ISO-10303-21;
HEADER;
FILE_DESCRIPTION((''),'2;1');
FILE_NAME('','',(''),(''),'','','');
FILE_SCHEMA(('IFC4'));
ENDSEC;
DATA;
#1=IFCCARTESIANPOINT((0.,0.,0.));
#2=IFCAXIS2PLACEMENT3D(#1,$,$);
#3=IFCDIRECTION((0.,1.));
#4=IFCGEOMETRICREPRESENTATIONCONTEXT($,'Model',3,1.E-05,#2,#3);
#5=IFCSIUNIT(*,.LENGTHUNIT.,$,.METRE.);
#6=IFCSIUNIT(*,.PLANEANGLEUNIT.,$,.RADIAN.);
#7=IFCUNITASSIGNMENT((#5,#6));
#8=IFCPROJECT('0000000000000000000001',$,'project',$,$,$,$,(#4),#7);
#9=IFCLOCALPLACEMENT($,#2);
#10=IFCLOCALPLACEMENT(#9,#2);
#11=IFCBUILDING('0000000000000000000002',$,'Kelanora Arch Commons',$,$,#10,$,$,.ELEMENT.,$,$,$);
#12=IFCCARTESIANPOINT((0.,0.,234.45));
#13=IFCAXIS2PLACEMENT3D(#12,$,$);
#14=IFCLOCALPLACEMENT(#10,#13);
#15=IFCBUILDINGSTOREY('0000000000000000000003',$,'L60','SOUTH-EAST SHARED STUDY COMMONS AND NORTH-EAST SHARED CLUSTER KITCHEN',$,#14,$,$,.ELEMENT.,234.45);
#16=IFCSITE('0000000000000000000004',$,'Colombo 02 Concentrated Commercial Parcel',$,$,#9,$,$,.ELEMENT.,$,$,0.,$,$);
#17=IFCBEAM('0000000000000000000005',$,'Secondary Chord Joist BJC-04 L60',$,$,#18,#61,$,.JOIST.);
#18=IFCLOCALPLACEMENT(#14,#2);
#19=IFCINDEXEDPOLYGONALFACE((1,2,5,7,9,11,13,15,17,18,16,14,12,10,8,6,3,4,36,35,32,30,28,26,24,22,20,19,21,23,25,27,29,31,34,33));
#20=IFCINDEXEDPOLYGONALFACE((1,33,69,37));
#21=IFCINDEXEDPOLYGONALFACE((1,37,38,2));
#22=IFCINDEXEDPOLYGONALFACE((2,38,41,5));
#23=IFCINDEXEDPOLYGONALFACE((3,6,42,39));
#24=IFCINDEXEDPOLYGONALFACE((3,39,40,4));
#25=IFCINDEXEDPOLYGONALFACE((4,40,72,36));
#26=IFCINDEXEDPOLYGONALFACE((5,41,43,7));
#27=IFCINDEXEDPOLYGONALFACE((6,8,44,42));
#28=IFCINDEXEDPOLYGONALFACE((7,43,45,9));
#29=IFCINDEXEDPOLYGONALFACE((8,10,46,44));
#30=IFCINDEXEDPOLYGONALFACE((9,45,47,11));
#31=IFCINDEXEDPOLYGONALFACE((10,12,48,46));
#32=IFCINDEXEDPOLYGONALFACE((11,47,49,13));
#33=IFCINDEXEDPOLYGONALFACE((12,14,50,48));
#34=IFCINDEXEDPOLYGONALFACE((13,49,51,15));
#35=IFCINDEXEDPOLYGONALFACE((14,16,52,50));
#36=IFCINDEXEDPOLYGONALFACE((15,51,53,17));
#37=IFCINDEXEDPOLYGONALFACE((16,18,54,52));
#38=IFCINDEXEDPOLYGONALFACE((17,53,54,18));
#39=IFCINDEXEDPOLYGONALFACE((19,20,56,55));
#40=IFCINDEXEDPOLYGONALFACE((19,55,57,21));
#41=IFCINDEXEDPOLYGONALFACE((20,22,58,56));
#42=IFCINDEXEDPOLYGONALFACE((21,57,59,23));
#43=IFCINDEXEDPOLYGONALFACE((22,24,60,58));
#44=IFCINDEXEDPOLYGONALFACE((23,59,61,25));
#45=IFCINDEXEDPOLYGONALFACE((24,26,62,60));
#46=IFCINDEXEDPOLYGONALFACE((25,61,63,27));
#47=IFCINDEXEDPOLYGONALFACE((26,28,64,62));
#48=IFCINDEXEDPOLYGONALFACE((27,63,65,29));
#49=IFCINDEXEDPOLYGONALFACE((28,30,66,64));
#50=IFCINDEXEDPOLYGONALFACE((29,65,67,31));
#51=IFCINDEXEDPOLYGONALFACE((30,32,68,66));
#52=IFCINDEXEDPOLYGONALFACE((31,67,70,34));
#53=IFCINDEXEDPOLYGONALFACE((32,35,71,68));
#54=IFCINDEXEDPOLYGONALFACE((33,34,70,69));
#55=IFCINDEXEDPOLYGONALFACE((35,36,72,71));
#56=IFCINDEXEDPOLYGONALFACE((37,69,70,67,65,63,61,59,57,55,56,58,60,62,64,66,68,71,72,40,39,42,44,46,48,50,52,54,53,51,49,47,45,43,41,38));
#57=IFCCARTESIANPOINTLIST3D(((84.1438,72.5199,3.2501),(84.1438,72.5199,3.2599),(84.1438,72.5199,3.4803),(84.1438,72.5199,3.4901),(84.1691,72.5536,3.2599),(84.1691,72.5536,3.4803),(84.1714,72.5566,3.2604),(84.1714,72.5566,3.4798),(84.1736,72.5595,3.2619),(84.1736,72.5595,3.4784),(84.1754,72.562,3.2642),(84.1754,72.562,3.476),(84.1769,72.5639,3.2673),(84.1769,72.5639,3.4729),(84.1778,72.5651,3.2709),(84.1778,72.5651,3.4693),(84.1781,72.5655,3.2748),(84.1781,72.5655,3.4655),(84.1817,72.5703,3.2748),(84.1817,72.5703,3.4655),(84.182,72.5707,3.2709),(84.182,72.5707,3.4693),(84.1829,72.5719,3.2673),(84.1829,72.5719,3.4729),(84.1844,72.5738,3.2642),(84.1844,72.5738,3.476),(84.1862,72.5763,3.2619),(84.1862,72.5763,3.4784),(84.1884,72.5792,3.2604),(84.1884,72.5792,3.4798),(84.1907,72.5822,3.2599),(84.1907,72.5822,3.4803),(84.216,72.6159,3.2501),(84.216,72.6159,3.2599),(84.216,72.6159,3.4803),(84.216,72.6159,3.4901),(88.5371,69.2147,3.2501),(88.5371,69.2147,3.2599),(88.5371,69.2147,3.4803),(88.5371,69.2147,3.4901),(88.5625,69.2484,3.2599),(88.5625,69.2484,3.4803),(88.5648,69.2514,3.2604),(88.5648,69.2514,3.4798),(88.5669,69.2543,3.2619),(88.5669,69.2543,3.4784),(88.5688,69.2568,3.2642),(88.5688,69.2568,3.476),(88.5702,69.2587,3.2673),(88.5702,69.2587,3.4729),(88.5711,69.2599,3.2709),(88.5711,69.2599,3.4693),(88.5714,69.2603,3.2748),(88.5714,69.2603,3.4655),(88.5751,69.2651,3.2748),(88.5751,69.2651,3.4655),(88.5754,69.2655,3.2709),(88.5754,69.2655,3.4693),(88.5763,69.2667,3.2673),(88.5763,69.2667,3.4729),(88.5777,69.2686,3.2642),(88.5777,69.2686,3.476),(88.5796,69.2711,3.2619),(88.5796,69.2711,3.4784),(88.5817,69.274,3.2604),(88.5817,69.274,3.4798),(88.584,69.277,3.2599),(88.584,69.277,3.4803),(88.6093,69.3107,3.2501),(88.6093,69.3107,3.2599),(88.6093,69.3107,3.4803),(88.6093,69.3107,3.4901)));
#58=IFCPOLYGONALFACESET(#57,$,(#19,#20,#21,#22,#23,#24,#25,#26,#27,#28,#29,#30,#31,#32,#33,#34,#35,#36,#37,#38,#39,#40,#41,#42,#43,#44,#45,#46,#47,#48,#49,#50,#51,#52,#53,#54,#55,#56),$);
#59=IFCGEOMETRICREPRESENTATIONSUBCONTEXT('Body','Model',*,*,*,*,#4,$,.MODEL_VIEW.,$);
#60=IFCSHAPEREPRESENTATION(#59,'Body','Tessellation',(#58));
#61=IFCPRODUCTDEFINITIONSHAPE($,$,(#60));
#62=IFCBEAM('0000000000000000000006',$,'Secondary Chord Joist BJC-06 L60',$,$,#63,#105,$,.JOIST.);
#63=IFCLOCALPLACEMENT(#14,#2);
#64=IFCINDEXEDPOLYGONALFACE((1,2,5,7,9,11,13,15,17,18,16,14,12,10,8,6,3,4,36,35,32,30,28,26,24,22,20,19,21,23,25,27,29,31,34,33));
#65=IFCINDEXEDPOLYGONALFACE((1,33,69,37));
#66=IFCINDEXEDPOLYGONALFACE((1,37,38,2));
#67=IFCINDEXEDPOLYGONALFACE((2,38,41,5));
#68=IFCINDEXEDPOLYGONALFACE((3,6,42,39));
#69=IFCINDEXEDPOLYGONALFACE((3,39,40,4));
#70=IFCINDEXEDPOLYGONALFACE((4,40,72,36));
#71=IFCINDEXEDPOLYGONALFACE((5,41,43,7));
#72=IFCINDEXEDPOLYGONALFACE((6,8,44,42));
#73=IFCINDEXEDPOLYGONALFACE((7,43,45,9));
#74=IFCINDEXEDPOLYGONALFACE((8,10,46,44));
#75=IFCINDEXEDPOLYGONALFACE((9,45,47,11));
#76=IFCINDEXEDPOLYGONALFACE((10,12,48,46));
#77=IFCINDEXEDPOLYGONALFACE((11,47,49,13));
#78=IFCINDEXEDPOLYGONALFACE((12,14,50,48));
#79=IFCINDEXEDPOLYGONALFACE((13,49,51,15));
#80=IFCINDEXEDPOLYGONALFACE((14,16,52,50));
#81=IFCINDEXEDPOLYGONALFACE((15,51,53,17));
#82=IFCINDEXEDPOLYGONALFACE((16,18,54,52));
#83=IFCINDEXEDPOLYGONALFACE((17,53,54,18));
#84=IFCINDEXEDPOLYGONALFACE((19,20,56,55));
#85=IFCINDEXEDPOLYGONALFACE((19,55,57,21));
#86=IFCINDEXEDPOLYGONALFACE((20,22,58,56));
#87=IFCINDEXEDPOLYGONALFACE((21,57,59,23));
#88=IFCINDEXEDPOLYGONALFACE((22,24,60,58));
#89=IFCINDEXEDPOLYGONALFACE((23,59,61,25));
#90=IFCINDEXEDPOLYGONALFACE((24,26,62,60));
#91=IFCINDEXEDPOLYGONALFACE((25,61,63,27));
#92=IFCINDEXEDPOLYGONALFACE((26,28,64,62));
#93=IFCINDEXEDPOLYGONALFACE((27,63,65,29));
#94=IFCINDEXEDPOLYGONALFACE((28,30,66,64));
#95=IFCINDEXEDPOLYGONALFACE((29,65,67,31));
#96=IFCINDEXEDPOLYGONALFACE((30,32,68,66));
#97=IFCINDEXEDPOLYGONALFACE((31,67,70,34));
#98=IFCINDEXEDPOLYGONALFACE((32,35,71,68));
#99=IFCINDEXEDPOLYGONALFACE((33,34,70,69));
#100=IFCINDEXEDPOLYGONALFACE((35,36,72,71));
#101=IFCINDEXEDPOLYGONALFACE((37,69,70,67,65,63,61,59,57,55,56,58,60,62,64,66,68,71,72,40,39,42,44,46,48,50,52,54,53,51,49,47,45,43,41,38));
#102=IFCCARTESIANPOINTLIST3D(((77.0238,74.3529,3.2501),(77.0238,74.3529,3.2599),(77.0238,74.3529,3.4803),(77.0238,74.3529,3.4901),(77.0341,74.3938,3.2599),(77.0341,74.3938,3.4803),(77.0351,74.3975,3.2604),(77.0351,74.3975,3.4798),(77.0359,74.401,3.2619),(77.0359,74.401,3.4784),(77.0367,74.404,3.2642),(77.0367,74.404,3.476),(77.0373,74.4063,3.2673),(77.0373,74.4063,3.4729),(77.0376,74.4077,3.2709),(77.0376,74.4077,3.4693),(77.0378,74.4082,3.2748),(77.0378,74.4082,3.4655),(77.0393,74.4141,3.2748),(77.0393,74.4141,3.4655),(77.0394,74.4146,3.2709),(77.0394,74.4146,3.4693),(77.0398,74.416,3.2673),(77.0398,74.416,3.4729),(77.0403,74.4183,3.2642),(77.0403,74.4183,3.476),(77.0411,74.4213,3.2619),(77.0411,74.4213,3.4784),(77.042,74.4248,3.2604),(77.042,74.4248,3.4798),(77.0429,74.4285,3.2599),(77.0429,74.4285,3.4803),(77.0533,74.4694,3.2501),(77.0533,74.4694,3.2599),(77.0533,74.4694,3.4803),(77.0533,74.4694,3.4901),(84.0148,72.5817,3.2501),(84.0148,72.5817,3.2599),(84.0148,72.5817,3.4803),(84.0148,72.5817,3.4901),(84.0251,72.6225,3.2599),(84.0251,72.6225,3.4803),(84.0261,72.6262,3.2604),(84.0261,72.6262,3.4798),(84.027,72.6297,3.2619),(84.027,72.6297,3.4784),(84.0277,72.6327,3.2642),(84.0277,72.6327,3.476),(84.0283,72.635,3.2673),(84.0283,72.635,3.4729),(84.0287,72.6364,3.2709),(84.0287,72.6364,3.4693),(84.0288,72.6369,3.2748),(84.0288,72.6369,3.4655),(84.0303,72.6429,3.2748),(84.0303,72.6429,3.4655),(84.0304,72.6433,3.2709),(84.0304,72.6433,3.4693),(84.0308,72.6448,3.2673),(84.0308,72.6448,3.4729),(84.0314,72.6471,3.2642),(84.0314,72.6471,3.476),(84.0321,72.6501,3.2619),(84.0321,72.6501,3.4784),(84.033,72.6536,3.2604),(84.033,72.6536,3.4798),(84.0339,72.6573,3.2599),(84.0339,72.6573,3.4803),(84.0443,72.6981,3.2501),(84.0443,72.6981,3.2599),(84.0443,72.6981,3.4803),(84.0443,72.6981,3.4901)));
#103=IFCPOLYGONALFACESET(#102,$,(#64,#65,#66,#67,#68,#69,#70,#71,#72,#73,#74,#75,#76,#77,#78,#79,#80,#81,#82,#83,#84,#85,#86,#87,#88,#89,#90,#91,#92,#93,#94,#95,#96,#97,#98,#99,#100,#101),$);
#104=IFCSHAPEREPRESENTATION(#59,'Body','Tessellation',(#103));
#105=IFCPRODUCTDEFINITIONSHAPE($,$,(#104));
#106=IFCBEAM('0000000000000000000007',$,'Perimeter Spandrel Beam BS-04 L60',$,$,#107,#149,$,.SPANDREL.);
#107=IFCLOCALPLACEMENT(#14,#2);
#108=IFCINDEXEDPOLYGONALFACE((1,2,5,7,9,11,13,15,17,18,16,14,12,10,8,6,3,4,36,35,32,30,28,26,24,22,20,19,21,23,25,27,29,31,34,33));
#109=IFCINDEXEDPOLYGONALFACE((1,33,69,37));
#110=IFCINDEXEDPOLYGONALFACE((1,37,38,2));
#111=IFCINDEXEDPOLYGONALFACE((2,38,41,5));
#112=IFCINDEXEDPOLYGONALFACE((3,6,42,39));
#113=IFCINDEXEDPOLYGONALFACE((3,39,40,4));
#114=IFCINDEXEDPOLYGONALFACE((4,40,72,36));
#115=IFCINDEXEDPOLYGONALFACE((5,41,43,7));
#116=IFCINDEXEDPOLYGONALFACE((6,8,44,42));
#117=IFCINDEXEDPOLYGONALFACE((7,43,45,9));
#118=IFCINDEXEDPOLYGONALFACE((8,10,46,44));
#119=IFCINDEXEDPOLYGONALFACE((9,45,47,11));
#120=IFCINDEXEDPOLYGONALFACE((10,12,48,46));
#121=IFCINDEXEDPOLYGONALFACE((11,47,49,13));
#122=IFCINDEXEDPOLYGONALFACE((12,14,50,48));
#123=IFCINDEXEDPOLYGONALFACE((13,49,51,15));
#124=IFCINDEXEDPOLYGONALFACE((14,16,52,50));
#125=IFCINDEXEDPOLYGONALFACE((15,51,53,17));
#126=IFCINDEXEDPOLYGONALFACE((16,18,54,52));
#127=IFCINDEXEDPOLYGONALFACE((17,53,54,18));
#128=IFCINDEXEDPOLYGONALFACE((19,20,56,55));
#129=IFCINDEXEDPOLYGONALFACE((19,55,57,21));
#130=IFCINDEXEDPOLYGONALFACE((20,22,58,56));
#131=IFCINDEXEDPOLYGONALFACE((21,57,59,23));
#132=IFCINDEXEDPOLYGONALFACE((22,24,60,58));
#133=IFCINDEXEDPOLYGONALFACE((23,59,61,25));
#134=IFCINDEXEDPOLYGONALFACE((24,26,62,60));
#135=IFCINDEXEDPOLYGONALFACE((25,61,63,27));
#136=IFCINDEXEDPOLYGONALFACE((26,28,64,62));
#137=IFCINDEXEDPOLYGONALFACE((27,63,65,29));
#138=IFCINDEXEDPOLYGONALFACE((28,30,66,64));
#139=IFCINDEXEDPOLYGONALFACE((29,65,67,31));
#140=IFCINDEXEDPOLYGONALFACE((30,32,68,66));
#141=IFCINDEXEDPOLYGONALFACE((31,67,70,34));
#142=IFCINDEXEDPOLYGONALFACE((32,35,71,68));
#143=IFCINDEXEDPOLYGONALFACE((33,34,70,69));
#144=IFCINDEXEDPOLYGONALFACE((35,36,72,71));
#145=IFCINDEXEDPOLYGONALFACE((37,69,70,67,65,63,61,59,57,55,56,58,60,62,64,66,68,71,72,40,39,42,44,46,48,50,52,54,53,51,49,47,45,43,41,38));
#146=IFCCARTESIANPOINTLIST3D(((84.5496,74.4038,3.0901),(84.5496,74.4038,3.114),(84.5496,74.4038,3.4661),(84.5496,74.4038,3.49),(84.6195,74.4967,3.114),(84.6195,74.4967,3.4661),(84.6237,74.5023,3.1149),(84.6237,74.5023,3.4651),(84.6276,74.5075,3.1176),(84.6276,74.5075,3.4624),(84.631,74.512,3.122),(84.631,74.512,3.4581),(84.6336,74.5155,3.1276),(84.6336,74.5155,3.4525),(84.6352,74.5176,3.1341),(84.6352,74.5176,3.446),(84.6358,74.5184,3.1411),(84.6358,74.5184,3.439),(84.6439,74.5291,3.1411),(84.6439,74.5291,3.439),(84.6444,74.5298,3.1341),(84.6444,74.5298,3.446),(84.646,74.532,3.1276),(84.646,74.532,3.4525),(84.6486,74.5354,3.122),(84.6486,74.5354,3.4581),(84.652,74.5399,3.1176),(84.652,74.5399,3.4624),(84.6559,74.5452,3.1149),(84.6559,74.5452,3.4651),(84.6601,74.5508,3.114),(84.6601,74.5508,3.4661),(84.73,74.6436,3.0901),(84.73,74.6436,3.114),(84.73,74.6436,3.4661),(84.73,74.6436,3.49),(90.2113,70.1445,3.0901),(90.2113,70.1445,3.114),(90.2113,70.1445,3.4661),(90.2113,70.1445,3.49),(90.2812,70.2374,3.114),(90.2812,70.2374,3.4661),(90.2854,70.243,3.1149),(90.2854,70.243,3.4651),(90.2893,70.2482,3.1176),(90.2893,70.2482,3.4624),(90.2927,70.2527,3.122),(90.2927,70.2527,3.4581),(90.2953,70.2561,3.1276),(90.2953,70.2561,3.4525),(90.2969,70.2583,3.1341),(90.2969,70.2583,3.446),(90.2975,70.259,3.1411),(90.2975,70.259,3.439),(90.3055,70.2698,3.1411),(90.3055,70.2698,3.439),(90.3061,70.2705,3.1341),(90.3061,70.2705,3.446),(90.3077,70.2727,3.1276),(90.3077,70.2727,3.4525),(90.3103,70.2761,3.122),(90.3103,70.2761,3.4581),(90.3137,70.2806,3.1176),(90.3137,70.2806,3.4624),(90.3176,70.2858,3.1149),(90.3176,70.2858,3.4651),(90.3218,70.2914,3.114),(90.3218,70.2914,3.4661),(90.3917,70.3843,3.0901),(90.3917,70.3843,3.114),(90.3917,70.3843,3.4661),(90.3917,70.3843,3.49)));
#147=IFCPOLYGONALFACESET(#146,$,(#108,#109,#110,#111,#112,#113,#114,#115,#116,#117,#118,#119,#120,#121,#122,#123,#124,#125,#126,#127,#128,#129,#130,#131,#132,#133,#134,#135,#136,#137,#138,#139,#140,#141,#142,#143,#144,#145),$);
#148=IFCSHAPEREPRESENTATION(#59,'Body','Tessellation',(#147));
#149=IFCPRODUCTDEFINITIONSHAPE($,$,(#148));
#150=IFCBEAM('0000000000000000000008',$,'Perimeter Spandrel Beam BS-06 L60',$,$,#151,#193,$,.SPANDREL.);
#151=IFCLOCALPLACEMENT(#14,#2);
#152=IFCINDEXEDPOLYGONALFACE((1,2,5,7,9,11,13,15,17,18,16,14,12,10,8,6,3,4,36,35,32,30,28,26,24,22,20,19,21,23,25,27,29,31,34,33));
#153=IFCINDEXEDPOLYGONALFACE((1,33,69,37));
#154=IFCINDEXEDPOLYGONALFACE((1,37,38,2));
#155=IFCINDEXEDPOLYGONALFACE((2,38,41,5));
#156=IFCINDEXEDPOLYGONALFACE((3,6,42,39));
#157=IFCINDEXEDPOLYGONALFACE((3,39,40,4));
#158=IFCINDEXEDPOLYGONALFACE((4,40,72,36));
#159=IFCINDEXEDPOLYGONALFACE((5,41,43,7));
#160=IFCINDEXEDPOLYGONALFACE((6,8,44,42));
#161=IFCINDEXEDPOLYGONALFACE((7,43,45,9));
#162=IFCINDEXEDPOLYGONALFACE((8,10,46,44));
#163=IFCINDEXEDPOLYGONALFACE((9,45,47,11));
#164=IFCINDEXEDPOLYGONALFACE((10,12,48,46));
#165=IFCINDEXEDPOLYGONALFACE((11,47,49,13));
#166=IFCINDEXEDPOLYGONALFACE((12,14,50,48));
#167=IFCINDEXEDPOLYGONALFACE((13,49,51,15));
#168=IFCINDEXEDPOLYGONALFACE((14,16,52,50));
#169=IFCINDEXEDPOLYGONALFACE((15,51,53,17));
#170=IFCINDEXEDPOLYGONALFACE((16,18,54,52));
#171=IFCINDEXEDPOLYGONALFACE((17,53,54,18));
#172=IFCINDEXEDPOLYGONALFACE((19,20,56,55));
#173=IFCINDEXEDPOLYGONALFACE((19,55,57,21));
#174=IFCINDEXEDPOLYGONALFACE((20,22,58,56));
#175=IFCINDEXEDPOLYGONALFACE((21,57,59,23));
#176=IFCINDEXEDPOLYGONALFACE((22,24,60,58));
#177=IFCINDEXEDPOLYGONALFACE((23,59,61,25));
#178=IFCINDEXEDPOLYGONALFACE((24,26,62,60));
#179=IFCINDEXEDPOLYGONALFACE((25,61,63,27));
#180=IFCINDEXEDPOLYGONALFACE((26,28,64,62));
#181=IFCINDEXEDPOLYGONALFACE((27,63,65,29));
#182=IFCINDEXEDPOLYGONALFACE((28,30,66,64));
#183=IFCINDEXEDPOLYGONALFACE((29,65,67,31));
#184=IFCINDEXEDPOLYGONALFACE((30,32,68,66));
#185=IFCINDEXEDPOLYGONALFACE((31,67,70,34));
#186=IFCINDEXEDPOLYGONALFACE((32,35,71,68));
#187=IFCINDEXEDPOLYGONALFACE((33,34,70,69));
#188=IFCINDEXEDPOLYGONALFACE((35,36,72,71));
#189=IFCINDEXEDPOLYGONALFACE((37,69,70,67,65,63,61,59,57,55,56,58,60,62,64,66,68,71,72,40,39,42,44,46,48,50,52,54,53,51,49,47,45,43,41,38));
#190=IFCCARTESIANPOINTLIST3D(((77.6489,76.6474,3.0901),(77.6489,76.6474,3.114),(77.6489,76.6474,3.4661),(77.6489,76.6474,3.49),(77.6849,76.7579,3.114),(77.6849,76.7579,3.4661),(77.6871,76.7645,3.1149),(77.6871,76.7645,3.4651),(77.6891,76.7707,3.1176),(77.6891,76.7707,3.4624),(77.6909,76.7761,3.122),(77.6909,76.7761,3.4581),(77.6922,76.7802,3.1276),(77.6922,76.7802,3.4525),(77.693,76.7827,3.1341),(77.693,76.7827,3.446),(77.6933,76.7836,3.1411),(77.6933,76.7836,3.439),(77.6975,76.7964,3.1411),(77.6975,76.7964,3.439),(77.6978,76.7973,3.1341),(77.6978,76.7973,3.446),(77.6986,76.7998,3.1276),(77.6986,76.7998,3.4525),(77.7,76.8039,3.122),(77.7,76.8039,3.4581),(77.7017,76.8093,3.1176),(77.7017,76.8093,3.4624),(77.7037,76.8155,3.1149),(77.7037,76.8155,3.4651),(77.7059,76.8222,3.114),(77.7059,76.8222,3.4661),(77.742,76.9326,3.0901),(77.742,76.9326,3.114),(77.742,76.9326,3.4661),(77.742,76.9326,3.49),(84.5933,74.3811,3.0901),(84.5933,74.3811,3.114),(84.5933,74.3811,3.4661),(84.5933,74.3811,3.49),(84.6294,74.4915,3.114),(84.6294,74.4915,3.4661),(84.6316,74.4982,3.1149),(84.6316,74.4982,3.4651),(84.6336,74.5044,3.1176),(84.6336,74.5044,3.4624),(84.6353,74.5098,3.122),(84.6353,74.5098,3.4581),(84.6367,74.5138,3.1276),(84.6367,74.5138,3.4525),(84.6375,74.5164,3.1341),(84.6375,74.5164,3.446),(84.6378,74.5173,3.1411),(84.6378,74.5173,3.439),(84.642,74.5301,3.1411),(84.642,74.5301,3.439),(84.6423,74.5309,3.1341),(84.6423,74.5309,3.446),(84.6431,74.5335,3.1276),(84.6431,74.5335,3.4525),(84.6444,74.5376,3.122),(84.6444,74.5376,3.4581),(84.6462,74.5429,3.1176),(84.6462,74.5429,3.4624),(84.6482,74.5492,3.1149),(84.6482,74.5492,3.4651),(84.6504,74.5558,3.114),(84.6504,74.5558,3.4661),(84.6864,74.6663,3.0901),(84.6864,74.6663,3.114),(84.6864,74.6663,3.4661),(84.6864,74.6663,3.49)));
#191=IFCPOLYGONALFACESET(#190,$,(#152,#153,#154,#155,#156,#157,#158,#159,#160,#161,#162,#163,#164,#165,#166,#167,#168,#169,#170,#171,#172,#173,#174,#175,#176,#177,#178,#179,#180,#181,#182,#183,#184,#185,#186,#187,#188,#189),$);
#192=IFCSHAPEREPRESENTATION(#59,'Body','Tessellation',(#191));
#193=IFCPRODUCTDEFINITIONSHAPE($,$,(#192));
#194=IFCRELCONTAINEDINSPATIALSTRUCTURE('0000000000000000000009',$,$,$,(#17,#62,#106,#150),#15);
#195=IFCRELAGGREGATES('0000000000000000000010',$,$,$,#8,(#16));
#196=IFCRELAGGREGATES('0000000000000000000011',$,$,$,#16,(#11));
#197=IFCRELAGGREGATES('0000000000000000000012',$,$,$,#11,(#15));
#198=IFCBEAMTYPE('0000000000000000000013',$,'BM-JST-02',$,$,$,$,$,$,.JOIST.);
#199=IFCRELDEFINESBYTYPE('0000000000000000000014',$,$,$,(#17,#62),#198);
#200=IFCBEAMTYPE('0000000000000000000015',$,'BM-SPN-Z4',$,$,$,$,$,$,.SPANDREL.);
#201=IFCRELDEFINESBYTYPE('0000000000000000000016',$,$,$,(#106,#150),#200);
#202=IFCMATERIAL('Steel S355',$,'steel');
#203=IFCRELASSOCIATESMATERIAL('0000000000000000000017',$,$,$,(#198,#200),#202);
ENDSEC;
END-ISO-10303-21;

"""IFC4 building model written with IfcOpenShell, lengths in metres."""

from ifc_helpers import new_model, si_unit, direction, frame, origin, origin_2d, place, context, subcontext, project, spatial, i_section, extrude, material, material_profile, profile_set, type_object, element, save


model = new_model("IFC4")

# Units and contexts
model_context = context("Model", 3, precision=1e-05, world=origin(), true_north=direction((0.0, 1.0)))
body_context = subcontext(model_context, "Body", "Model", "MODEL_VIEW")
ifc_project = project(units=[si_unit("LENGTHUNIT", "METRE"), si_unit("PLANEANGLEUNIT", "RADIAN")], contexts=[model_context])

# Site, building, storey
site_placement = place(None, origin())
site = spatial("IfcSite", under=ifc_project, at=site_placement, Name="Colombo 02 Concentrated Commercial Parcel", CompositionType="ELEMENT", RefElevation=0.0)
building_placement = place(site_placement, origin())
building = spatial("IfcBuilding", under=site, at=building_placement, Name="Kelanora Arch Commons", CompositionType="ELEMENT")
storey_placement = place(building_placement, frame((0.0, 0.0, 234.45)))
storey = spatial("IfcBuildingStorey", under=building, at=storey_placement, Name="L60", Description="SOUTH-EAST SHARED STUDY COMMONS AND NORTH-EAST SHARED CLUSTER KITCHEN", CompositionType="ELEMENT", Elevation=234.45)

# Beams
ifc_material_1 = material(Name="Steel S355", Category="steel")
ifc_material_profile_1 = material_profile(ifc_material_1, i_section(OverallWidth=0.1201, OverallDepth=0.24, WebThickness=0.0061, FlangeThickness=0.0098, FilletRadius=0.0149, at=origin_2d()), Name="IPE240")
ifc_profile_set_1 = profile_set([ifc_material_profile_1], Name="Steel S355")
beam_type_1 = type_object("IfcBeamType", Name="BM-JST-02", PredefinedType="JOIST", material=ifc_profile_set_1)
beam_1_placement = place(storey_placement, frame((88.5732, 69.2627, 3.3701), z_axis=(-0.799109, 0.601186, 0.0), x_axis=(-0.601186, -0.799109, 0.0)))
element("IfcBeam", 1, at=beam_1_placement, inside=storey, type_object=beam_type_1, Name="Secondary Chord Joist BJC-04 L60", PredefinedType="JOIST", context=body_context, shape_type="SweptSolid", body=[
    extrude(i_section(OverallWidth=0.1201, OverallDepth=0.24, WebThickness=0.0061, FlangeThickness=0.0098, FilletRadius=0.0149, at=origin_2d()), origin(), (0.0, 0.0, 1.0), 5.4978),
])
beam_2_placement = place(storey_placement, frame((84.0295, 72.6399, 3.3701), z_axis=(-0.969371, 0.245601, 0.0), x_axis=(-0.245601, -0.969371, 0.0)))
element("IfcBeam", 2, at=beam_2_placement, inside=storey, type_object=beam_type_1, Name="Secondary Chord Joist BJC-06 L60", PredefinedType="JOIST", context=body_context, shape_type="SweptSolid", body=[
    extrude(i_section(OverallWidth=0.1201, OverallDepth=0.24, WebThickness=0.0061, FlangeThickness=0.0098, FilletRadius=0.0149, at=origin_2d()), origin(), (0.0, 0.0, 1.0), 7.2119),
])
ifc_material_profile_2 = material_profile(ifc_material_1, i_section(OverallWidth=0.3, OverallDepth=0.3999, WebThickness=0.0134, FlangeThickness=0.0239, FilletRadius=0.0271, at=origin_2d()), Name="HEB400")
ifc_profile_set_2 = profile_set([ifc_material_profile_2], Name="Steel S355")
beam_type_2 = type_object("IfcBeamType", Name="BM-SPN-Z4", PredefinedType="SPANDREL", material=ifc_profile_set_2)
beam_3_placement = place(storey_placement, frame((90.3015, 70.2644, 3.29), z_axis=(-0.799114, 0.601179, 0.0), x_axis=(-0.601179, -0.799114, 0.0)))
element("IfcBeam", 3, at=beam_3_placement, inside=storey, type_object=beam_type_2, Name="Perimeter Spandrel Beam BS-04 L60", PredefinedType="SPANDREL", context=body_context, shape_type="SweptSolid", body=[
    extrude(i_section(OverallWidth=0.3, OverallDepth=0.3999, WebThickness=0.0134, FlangeThickness=0.0239, FilletRadius=0.0271, at=origin_2d()), origin(), (0.0, 0.0, 1.0), 7.085),
])
beam_4_placement = place(storey_placement, frame((84.6399, 74.5237, 3.29), z_axis=(-0.950656, 0.310246, 0.0), x_axis=(-0.310246, -0.950656, 0.0)))
element("IfcBeam", 4, at=beam_4_placement, inside=storey, type_object=beam_type_2, Name="Perimeter Spandrel Beam BS-06 L60", PredefinedType="SPANDREL", context=body_context, shape_type="SweptSolid", body=[
    extrude(i_section(OverallWidth=0.3, OverallDepth=0.3999, WebThickness=0.0134, FlangeThickness=0.0239, FilletRadius=0.0271, at=origin_2d()), origin(), (0.0, 0.0, 1.0), 7.3049),
])

save(model, "model.ifc")
